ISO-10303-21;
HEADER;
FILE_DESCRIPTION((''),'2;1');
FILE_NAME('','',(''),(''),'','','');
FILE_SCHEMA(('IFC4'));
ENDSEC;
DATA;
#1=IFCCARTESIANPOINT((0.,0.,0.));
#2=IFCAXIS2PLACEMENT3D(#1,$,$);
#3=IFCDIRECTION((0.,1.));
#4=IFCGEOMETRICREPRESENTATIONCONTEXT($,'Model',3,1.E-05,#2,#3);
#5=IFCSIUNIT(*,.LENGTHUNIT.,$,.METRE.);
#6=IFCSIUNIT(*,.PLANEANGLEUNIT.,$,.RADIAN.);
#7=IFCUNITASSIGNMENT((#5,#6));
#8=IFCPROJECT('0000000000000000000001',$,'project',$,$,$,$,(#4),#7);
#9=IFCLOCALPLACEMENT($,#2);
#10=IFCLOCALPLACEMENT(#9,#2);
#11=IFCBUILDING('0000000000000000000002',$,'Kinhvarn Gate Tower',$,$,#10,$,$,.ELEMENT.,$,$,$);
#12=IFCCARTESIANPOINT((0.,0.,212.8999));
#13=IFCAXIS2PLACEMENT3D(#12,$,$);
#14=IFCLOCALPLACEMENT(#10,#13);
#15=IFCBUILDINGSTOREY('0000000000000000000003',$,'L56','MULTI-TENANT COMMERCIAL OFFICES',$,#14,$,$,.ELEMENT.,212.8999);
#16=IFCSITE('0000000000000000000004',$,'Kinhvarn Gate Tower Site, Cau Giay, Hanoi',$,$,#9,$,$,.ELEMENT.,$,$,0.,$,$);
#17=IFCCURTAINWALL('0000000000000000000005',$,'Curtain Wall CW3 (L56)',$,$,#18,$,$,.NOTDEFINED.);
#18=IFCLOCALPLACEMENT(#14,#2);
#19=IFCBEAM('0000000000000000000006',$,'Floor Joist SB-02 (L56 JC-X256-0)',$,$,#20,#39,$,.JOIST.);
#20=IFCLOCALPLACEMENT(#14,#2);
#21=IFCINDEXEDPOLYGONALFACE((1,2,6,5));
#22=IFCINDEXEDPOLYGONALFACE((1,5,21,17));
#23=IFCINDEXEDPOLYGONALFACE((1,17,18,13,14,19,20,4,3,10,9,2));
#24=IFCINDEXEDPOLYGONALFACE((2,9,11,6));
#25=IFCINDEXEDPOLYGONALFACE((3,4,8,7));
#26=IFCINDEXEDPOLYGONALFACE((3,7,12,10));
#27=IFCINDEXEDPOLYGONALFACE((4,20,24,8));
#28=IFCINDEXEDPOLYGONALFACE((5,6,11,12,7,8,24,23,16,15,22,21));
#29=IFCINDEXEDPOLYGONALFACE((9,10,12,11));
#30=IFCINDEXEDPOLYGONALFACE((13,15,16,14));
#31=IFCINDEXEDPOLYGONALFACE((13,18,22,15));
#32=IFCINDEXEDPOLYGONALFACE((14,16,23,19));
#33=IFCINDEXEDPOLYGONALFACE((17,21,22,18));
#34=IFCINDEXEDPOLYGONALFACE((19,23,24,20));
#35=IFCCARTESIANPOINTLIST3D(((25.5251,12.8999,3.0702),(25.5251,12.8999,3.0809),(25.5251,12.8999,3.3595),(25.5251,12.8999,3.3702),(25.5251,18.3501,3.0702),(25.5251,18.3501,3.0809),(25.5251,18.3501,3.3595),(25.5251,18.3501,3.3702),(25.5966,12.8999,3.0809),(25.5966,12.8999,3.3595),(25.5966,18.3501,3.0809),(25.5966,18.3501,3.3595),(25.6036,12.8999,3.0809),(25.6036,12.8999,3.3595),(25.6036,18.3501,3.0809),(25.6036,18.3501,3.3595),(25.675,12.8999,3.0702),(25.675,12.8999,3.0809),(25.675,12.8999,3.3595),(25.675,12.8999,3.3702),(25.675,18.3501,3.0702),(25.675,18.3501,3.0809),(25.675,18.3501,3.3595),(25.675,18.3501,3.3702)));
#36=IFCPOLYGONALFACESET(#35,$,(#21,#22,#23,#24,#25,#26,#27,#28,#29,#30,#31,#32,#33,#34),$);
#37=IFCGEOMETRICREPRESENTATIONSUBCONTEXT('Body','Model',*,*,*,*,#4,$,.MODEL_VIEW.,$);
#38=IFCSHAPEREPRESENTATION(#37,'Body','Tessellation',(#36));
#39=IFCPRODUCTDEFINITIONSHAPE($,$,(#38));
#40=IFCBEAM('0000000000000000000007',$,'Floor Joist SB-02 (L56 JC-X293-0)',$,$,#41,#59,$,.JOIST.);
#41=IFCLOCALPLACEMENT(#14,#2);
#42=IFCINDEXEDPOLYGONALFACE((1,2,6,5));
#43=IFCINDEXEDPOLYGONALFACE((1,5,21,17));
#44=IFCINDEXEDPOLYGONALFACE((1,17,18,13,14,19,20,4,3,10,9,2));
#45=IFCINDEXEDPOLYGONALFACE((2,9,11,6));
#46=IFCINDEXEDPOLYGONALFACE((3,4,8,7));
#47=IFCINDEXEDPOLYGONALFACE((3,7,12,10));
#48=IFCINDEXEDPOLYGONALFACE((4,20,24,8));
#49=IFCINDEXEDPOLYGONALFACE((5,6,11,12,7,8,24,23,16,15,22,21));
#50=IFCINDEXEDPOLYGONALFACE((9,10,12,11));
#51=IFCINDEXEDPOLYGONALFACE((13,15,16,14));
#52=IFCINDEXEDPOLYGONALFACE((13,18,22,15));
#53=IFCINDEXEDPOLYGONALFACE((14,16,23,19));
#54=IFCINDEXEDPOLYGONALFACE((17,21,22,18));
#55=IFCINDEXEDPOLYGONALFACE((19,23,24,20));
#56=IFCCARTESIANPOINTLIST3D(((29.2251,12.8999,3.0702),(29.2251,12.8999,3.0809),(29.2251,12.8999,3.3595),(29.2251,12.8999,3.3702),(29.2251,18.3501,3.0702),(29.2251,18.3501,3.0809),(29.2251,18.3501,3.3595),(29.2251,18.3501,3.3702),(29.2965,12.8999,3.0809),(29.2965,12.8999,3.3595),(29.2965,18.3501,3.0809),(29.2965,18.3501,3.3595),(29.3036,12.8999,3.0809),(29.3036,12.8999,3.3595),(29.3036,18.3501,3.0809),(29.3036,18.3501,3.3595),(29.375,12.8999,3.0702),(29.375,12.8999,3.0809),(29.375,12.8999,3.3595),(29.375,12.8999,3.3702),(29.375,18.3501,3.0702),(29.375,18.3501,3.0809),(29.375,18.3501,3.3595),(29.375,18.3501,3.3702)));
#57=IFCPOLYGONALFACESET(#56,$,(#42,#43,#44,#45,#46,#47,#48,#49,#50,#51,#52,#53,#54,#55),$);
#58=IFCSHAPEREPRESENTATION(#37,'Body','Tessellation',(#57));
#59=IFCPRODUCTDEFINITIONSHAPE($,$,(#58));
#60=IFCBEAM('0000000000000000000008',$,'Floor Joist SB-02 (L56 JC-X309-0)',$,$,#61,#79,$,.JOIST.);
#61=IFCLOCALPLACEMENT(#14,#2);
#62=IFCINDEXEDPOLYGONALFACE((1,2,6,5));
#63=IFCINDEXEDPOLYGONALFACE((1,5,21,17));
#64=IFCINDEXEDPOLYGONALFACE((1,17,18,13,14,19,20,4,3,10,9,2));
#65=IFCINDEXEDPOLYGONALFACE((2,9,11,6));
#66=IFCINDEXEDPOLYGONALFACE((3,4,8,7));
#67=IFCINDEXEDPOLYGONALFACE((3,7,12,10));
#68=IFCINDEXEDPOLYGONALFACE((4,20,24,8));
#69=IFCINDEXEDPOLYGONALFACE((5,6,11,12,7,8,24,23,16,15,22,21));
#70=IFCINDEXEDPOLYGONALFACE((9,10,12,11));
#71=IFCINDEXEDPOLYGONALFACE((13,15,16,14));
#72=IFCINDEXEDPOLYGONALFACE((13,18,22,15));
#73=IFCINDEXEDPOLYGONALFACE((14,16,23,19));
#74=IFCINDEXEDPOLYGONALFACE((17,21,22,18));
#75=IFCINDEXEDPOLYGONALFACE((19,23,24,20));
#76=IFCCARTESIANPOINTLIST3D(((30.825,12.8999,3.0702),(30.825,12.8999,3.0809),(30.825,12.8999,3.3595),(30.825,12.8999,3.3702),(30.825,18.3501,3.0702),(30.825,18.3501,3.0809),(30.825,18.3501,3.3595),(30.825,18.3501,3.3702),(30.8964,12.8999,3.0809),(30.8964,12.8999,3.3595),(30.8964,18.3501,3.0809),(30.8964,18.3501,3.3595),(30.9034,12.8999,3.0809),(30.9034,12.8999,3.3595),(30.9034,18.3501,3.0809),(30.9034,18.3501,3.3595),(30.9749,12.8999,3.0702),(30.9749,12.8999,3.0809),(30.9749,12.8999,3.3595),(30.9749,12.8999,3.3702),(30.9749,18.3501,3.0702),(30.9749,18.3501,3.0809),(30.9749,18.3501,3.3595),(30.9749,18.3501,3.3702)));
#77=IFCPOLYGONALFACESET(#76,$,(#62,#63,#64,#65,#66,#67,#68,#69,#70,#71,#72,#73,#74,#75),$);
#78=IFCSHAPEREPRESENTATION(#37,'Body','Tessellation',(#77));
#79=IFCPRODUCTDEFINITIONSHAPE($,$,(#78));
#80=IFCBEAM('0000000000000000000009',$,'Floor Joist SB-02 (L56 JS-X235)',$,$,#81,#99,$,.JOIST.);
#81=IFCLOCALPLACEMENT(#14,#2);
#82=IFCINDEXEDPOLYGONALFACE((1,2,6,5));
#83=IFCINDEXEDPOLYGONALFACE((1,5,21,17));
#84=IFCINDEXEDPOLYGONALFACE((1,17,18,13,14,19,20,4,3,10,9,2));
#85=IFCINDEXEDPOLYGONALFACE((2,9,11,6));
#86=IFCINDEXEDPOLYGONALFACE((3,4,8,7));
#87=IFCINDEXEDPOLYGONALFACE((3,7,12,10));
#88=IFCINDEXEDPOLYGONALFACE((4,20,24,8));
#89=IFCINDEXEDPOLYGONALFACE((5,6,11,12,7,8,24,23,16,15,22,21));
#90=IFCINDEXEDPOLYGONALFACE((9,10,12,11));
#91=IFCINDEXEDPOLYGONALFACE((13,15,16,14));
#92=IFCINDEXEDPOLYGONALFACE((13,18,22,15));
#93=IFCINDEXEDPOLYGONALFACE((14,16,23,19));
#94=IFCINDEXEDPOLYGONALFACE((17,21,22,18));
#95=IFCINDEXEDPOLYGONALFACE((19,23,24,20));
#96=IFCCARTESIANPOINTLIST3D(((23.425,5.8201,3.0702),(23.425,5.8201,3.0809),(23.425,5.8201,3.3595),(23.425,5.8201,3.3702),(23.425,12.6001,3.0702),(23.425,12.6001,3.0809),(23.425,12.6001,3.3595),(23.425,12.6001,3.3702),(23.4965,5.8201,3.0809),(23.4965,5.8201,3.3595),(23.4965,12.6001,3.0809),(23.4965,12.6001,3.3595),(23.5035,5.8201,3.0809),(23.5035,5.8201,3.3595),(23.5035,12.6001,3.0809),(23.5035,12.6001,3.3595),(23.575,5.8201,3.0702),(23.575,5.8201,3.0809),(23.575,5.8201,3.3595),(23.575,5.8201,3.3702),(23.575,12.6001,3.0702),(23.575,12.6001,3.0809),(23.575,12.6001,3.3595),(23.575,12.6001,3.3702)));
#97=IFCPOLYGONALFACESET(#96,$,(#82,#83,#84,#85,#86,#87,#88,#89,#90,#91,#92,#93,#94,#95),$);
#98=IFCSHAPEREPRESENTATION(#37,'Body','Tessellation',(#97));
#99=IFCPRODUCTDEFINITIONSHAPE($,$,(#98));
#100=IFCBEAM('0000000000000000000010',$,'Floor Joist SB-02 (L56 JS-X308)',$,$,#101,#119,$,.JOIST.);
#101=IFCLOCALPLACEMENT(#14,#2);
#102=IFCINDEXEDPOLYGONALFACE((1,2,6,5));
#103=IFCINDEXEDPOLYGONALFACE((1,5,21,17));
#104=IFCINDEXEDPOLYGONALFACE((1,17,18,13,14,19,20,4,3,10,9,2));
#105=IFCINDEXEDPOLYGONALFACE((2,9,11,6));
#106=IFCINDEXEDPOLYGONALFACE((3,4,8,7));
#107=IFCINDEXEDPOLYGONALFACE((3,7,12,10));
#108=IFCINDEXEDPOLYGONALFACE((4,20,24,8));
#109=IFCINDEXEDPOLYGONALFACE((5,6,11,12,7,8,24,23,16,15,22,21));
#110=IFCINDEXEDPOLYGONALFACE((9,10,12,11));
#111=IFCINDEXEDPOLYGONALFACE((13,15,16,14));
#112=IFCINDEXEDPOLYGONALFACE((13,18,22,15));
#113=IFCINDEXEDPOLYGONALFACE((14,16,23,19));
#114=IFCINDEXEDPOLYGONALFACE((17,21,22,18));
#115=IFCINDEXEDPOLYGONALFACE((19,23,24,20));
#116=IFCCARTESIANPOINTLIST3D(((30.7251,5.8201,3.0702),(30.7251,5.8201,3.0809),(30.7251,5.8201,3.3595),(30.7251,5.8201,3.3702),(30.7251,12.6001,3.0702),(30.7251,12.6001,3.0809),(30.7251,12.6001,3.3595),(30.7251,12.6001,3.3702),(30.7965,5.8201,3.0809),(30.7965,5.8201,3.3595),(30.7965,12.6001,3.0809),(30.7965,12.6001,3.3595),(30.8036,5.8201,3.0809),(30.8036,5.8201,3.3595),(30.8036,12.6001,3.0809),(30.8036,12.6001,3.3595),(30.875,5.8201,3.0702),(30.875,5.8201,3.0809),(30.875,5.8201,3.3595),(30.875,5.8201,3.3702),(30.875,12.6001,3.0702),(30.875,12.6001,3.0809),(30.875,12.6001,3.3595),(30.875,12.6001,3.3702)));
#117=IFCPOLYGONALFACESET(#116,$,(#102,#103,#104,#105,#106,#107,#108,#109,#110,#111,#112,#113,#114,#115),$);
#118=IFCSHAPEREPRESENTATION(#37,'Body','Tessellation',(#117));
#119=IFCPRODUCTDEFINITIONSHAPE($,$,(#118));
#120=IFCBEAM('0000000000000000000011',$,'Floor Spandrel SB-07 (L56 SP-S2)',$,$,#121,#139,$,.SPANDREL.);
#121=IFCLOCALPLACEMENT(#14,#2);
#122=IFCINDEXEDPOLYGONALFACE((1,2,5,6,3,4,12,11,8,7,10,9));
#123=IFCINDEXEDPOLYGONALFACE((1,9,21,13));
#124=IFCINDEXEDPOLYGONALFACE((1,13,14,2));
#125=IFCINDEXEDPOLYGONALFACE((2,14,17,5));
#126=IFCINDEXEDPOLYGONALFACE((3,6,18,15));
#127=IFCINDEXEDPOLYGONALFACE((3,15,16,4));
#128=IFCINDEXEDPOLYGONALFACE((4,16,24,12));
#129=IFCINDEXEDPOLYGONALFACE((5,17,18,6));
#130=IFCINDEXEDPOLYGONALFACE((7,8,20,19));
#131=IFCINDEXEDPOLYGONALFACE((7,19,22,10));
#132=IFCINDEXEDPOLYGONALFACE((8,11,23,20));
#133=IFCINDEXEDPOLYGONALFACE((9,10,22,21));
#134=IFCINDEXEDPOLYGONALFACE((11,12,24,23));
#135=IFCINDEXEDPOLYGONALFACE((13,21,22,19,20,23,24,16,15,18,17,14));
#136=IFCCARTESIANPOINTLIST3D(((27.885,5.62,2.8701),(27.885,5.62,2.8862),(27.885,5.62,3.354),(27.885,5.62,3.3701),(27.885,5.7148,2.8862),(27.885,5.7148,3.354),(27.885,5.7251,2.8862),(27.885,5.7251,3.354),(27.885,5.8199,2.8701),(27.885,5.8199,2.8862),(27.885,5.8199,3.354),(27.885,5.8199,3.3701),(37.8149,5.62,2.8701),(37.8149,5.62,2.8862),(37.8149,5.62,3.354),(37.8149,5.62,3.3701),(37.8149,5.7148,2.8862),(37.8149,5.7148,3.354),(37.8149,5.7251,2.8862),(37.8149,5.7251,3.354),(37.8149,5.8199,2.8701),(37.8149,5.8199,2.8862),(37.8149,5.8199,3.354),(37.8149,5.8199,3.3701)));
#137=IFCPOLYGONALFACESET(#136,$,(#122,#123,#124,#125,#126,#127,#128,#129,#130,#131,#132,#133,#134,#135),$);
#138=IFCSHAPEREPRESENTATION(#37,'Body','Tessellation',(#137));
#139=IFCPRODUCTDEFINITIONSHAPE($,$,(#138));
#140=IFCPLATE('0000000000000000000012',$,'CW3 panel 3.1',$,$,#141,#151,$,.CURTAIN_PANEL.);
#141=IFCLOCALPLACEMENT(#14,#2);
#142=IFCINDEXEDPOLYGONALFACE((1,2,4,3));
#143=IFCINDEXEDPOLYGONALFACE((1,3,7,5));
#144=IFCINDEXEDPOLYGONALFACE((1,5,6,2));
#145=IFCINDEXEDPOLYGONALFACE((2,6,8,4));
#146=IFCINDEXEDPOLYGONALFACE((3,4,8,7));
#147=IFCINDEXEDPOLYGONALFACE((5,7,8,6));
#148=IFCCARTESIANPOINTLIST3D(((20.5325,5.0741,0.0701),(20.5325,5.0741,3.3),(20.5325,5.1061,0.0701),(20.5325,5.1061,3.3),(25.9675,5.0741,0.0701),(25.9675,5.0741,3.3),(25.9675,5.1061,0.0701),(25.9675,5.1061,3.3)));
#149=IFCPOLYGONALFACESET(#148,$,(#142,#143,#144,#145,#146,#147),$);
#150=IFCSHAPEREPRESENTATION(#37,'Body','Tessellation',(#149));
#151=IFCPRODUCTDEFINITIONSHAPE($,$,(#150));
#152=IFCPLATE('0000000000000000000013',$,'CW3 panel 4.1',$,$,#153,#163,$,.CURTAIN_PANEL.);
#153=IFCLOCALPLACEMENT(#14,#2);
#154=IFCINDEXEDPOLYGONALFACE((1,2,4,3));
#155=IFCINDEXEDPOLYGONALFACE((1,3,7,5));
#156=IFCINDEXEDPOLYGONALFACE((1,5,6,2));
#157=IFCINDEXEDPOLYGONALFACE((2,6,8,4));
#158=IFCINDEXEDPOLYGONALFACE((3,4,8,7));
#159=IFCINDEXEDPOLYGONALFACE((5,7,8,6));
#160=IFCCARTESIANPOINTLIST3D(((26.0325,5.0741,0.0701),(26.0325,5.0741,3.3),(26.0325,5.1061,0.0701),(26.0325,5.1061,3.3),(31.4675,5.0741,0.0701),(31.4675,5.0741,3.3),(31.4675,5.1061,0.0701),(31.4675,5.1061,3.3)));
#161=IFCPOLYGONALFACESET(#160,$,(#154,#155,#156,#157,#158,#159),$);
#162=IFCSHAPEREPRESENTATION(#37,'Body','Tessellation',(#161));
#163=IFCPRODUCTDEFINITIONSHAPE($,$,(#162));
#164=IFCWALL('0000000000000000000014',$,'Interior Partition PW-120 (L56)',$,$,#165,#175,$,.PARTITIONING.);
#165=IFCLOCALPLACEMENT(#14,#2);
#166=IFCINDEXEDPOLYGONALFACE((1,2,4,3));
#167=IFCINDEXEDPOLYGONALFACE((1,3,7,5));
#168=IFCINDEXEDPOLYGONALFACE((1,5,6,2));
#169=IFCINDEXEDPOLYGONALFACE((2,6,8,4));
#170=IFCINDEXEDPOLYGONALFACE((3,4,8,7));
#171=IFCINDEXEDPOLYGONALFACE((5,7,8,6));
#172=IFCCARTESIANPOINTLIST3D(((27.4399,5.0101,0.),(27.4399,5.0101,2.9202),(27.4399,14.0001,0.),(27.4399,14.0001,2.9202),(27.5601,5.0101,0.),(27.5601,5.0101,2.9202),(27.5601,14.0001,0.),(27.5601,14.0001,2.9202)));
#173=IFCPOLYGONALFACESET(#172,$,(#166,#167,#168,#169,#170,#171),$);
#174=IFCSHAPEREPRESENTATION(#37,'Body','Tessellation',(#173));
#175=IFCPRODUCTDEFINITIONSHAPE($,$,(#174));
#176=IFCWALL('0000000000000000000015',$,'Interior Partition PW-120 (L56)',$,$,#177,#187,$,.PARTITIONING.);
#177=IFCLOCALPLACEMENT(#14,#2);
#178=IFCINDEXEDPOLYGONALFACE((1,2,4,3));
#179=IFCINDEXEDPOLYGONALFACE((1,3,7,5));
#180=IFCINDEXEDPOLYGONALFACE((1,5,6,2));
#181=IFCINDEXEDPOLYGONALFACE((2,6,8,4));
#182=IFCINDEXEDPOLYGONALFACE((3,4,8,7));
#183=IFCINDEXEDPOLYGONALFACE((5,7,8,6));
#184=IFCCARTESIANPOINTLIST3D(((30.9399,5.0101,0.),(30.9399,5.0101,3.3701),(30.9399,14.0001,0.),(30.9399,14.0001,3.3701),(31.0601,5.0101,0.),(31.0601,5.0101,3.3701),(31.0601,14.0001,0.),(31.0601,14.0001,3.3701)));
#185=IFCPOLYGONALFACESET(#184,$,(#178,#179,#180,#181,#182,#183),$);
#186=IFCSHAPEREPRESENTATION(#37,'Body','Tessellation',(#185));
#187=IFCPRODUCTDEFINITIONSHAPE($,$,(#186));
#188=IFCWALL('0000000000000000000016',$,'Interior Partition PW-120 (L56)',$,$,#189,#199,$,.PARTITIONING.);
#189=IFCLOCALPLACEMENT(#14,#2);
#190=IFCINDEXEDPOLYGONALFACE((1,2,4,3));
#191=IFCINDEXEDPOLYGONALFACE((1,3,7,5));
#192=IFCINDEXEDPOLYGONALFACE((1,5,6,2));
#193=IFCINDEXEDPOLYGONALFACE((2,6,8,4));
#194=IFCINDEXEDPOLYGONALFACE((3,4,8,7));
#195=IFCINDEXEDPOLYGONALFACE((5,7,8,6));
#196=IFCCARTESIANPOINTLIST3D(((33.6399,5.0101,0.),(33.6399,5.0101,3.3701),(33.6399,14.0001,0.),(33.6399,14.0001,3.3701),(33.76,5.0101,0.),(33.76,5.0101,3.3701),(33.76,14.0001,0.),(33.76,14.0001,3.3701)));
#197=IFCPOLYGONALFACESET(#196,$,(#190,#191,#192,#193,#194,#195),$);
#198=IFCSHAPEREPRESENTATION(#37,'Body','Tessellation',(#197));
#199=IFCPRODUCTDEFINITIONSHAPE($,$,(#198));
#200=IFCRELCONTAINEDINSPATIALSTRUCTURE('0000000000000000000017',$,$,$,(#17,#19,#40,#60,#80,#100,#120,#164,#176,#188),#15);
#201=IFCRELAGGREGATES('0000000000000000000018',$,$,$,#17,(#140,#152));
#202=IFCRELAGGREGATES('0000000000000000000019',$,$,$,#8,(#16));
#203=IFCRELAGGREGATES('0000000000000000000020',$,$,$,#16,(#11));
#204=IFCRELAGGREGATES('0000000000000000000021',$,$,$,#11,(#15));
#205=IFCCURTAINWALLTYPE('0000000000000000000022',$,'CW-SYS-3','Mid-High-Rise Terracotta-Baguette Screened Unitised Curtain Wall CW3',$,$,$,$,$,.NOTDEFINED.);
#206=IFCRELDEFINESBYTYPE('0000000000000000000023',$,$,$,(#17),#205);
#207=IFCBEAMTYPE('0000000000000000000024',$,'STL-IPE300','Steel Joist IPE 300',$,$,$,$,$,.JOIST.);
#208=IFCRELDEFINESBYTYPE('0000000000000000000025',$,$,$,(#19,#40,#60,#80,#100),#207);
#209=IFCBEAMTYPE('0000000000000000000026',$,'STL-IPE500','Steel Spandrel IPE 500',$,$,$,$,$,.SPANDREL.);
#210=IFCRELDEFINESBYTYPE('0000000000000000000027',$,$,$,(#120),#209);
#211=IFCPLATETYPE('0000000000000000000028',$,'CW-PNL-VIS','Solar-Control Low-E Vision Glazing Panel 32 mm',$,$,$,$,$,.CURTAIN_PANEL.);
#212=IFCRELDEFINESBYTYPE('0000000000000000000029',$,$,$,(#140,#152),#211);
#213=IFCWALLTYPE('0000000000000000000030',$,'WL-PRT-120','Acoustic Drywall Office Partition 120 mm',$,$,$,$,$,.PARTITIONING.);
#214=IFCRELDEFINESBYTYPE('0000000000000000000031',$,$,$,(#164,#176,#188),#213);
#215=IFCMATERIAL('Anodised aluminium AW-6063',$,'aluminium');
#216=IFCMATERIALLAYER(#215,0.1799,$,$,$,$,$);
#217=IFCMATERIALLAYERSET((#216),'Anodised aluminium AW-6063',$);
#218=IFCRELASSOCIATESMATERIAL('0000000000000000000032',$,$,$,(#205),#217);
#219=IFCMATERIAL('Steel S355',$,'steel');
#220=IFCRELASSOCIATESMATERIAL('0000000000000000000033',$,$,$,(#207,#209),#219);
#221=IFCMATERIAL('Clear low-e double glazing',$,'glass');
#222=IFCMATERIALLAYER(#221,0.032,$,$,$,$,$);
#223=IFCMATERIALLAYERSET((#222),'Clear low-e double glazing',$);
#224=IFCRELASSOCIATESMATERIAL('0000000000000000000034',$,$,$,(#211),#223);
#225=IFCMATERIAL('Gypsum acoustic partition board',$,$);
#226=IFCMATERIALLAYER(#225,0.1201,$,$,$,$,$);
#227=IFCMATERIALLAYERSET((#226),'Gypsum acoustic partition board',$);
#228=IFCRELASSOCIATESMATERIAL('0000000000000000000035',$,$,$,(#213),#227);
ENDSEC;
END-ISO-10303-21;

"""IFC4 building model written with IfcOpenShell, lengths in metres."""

from ifc_helpers import new_model, si_unit, direction, frame, frame_2d, origin, origin_2d, place, context, subcontext, project, spatial, rectangle, i_section, extrude, material, layer, layer_set, material_profile, profile_set, type_object, element, aggregate, save


model = new_model("IFC4")

# Units and contexts
model_context = context("Model", 3, precision=1e-05, world=origin(), true_north=direction((0.0, 1.0)))
body_context = subcontext(model_context, "Body", "Model", "MODEL_VIEW")
ifc_project = project(units=[si_unit("LENGTHUNIT", "METRE"), si_unit("PLANEANGLEUNIT", "RADIAN")], contexts=[model_context])

# Site, building, storey
site_placement = place(None, origin())
site = spatial("IfcSite", under=ifc_project, at=site_placement, Name="Kinhvarn Gate Tower Site, Cau Giay, Hanoi", CompositionType="ELEMENT", RefElevation=0.0)
building_placement = place(site_placement, origin())
building = spatial("IfcBuilding", under=site, at=building_placement, Name="Kinhvarn Gate Tower", CompositionType="ELEMENT")
storey_placement = place(building_placement, frame((0.0, 0.0, 212.8999)))
storey = spatial("IfcBuildingStorey", under=building, at=storey_placement, Name="L56", Description="MULTI-TENANT COMMERCIAL OFFICES", CompositionType="ELEMENT", Elevation=212.8999)

# Curtain wall
ifc_material_1 = material(Name="Anodised aluminium AW-6063", Category="aluminium")
ifc_layer_1 = layer(ifc_material_1, 0.1799)
ifc_layer_set_1 = layer_set([ifc_layer_1], Name="Anodised aluminium AW-6063")
curtain_wall_type = type_object("IfcCurtainWallType", Name="CW-SYS-3", Description="Mid-High-Rise Terracotta-Baguette Screened Unitised Curtain Wall CW3", PredefinedType="NOTDEFINED", material=ifc_layer_set_1)
curtain_wall_placement = place(storey_placement, origin())
curtain_wall = element("IfcCurtainWall", 1, at=curtain_wall_placement, inside=storey, type_object=curtain_wall_type, Name="Curtain Wall CW3 (L56)", PredefinedType="NOTDEFINED")

# Beams
ifc_material_2 = material(Name="Steel S355", Category="steel")
ifc_material_profile_1 = material_profile(ifc_material_2, i_section(OverallWidth=0.1499, OverallDepth=0.3, WebThickness=0.0071, FlangeThickness=0.0107, at=origin_2d()), Name="IPE 300")
ifc_profile_set_1 = profile_set([ifc_material_profile_1], Name="Steel S355")
beam_type_1 = type_object("IfcBeamType", Name="STL-IPE300", Description="Steel Joist IPE 300", PredefinedType="JOIST", material=ifc_profile_set_1)
for number, where, z_axis, x_axis, name in (
    (2, (25.6001, 12.8999, 3.2202), (0.0, 1.0, 0.0), (-1.0, 0.0, 0.0), "Floor Joist SB-02 (L56 JC-X256-0)"),
    (3, (29.3, 12.8999, 3.2202), (0.0, 1.0, 0.0), (-1.0, 0.0, 0.0), "Floor Joist SB-02 (L56 JC-X293-0)"),
    (4, (30.8999, 12.8999, 3.2202), (0.0, 1.0, 0.0), (-1.0, 0.0, 0.0), "Floor Joist SB-02 (L56 JC-X309-0)"),
):
    element("IfcBeam", number, at=place(storey_placement, frame(where, z_axis=z_axis, x_axis=x_axis)), inside=storey, type_object=beam_type_1, Name=name, PredefinedType="JOIST", context=body_context, shape_type="SweptSolid", body=[
        extrude(i_section(OverallWidth=0.1499, OverallDepth=0.3, WebThickness=0.0071, FlangeThickness=0.0107, at=origin_2d()), origin(), (0.0, 0.0, 1.0), 5.4502),
    ])
for number, where, z_axis, x_axis, name in (
    (5, (23.5, 5.8201, 3.2202), (0.0, 1.0, 0.0), (-1.0, 0.0, 0.0), "Floor Joist SB-02 (L56 JS-X235)"),
    (6, (30.8, 5.8201, 3.2202), (0.0, 1.0, 0.0), (-1.0, 0.0, 0.0), "Floor Joist SB-02 (L56 JS-X308)"),
):
    element("IfcBeam", number, at=place(storey_placement, frame(where, z_axis=z_axis, x_axis=x_axis)), inside=storey, type_object=beam_type_1, Name=name, PredefinedType="JOIST", context=body_context, shape_type="SweptSolid", body=[
        extrude(i_section(OverallWidth=0.1499, OverallDepth=0.3, WebThickness=0.0071, FlangeThickness=0.0107, at=origin_2d()), origin(), (0.0, 0.0, 1.0), 6.78),
    ])
ifc_material_profile_2 = material_profile(ifc_material_2, i_section(OverallWidth=0.2, OverallDepth=0.5, WebThickness=0.0103, FlangeThickness=0.0161, at=origin_2d()), Name="IPE 500")
ifc_profile_set_2 = profile_set([ifc_material_profile_2], Name="Steel S355")
beam_type_2 = type_object("IfcBeamType", Name="STL-IPE500", Description="Steel Spandrel IPE 500", PredefinedType="SPANDREL", material=ifc_profile_set_2)
beam_1_placement = place(storey_placement, frame((27.885, 5.72, 3.1201), z_axis=(1.0, 0.0, 0.0), x_axis=(0.0, 1.0, 0.0)))
element("IfcBeam", 7, at=beam_1_placement, inside=storey, type_object=beam_type_2, Name="Floor Spandrel SB-07 (L56 SP-S2)", PredefinedType="SPANDREL", context=body_context, shape_type="SweptSolid", body=[
    extrude(i_section(OverallWidth=0.2, OverallDepth=0.5, WebThickness=0.0103, FlangeThickness=0.0161, at=origin_2d()), origin(), (0.0, 0.0, 1.0), 9.9299),
])

# Plates
ifc_material_3 = material(Name="Clear low-e double glazing", Category="glass")
ifc_layer_2 = layer(ifc_material_3, 0.032)
ifc_layer_set_2 = layer_set([ifc_layer_2], Name="Clear low-e double glazing")
plate_type = type_object("IfcPlateType", Name="CW-PNL-VIS", Description="Solar-Control Low-E Vision Glazing Panel 32 mm", PredefinedType="CURTAIN_PANEL", material=ifc_layer_set_2)
plate_1_placement = place(storey_placement, frame((23.25, 5.0901, 0.0701), z_axis=(0.0, 0.0, 1.0), x_axis=(1.0, 0.0, 0.0)))
plate_1 = element("IfcPlate", 8, at=plate_1_placement, type_object=plate_type, Name="CW3 panel 3.1", PredefinedType="CURTAIN_PANEL", context=body_context, shape_type="SweptSolid", body=[
    extrude(rectangle(XDim=5.4351, YDim=0.032, at=origin_2d()), origin(), (0.0, 0.0, 1.0), 3.23),
])
plate_2_placement = place(storey_placement, frame((28.75, 5.0901, 0.0701), z_axis=(0.0, 0.0, 1.0), x_axis=(1.0, 0.0, 0.0)))
plate_2 = element("IfcPlate", 9, at=plate_2_placement, type_object=plate_type, Name="CW3 panel 4.1", PredefinedType="CURTAIN_PANEL", context=body_context, shape_type="SweptSolid", body=[
    extrude(rectangle(XDim=5.4351, YDim=0.032, at=origin_2d()), origin(), (0.0, 0.0, 1.0), 3.23),
])
aggregate(curtain_wall, [plate_1, plate_2])

# Walls
ifc_material_4 = material(Name="Gypsum acoustic partition board")
ifc_layer_3 = layer(ifc_material_4, 0.1201)
ifc_layer_set_3 = layer_set([ifc_layer_3], Name="Gypsum acoustic partition board")
wall_type = type_object("IfcWallType", Name="WL-PRT-120", Description="Acoustic Drywall Office Partition 120 mm", PredefinedType="PARTITIONING", material=ifc_layer_set_3)
wall_placement = place(storey_placement, frame((27.5, 5.01, 0.0), z_axis=(0.0, 0.0, 1.0), x_axis=(0.0, 1.0, 0.0)))
element("IfcWall", 10, at=wall_placement, inside=storey, type_object=wall_type, Name="Interior Partition PW-120 (L56)", PredefinedType="PARTITIONING", context=body_context, shape_type="SweptSolid", body=[
    extrude(rectangle(XDim=8.99, YDim=0.1201, at=frame_2d((4.4951, 0.0))), origin(), (0.0, 0.0, 1.0), 2.9202),
])
for number, where, z_axis, x_axis, name in (
    (11, (31.0, 5.01, 0.0), (0.0, 0.0, 1.0), (0.0, 1.0, 0.0), "Interior Partition PW-120 (L56)"),
    (12, (33.7, 5.01, 0.0), (0.0, 0.0, 1.0), (0.0, 1.0, 0.0), "Interior Partition PW-120 (L56)"),
):
    element("IfcWall", number, at=place(storey_placement, frame(where, z_axis=z_axis, x_axis=x_axis)), inside=storey, type_object=wall_type, Name=name, PredefinedType="PARTITIONING", context=body_context, shape_type="SweptSolid", body=[
        extrude(rectangle(XDim=8.99, YDim=0.1201, at=frame_2d((4.4951, 0.0))), origin(), (0.0, 0.0, 1.0), 3.3701),
    ])

save(model, "model.ifc")
